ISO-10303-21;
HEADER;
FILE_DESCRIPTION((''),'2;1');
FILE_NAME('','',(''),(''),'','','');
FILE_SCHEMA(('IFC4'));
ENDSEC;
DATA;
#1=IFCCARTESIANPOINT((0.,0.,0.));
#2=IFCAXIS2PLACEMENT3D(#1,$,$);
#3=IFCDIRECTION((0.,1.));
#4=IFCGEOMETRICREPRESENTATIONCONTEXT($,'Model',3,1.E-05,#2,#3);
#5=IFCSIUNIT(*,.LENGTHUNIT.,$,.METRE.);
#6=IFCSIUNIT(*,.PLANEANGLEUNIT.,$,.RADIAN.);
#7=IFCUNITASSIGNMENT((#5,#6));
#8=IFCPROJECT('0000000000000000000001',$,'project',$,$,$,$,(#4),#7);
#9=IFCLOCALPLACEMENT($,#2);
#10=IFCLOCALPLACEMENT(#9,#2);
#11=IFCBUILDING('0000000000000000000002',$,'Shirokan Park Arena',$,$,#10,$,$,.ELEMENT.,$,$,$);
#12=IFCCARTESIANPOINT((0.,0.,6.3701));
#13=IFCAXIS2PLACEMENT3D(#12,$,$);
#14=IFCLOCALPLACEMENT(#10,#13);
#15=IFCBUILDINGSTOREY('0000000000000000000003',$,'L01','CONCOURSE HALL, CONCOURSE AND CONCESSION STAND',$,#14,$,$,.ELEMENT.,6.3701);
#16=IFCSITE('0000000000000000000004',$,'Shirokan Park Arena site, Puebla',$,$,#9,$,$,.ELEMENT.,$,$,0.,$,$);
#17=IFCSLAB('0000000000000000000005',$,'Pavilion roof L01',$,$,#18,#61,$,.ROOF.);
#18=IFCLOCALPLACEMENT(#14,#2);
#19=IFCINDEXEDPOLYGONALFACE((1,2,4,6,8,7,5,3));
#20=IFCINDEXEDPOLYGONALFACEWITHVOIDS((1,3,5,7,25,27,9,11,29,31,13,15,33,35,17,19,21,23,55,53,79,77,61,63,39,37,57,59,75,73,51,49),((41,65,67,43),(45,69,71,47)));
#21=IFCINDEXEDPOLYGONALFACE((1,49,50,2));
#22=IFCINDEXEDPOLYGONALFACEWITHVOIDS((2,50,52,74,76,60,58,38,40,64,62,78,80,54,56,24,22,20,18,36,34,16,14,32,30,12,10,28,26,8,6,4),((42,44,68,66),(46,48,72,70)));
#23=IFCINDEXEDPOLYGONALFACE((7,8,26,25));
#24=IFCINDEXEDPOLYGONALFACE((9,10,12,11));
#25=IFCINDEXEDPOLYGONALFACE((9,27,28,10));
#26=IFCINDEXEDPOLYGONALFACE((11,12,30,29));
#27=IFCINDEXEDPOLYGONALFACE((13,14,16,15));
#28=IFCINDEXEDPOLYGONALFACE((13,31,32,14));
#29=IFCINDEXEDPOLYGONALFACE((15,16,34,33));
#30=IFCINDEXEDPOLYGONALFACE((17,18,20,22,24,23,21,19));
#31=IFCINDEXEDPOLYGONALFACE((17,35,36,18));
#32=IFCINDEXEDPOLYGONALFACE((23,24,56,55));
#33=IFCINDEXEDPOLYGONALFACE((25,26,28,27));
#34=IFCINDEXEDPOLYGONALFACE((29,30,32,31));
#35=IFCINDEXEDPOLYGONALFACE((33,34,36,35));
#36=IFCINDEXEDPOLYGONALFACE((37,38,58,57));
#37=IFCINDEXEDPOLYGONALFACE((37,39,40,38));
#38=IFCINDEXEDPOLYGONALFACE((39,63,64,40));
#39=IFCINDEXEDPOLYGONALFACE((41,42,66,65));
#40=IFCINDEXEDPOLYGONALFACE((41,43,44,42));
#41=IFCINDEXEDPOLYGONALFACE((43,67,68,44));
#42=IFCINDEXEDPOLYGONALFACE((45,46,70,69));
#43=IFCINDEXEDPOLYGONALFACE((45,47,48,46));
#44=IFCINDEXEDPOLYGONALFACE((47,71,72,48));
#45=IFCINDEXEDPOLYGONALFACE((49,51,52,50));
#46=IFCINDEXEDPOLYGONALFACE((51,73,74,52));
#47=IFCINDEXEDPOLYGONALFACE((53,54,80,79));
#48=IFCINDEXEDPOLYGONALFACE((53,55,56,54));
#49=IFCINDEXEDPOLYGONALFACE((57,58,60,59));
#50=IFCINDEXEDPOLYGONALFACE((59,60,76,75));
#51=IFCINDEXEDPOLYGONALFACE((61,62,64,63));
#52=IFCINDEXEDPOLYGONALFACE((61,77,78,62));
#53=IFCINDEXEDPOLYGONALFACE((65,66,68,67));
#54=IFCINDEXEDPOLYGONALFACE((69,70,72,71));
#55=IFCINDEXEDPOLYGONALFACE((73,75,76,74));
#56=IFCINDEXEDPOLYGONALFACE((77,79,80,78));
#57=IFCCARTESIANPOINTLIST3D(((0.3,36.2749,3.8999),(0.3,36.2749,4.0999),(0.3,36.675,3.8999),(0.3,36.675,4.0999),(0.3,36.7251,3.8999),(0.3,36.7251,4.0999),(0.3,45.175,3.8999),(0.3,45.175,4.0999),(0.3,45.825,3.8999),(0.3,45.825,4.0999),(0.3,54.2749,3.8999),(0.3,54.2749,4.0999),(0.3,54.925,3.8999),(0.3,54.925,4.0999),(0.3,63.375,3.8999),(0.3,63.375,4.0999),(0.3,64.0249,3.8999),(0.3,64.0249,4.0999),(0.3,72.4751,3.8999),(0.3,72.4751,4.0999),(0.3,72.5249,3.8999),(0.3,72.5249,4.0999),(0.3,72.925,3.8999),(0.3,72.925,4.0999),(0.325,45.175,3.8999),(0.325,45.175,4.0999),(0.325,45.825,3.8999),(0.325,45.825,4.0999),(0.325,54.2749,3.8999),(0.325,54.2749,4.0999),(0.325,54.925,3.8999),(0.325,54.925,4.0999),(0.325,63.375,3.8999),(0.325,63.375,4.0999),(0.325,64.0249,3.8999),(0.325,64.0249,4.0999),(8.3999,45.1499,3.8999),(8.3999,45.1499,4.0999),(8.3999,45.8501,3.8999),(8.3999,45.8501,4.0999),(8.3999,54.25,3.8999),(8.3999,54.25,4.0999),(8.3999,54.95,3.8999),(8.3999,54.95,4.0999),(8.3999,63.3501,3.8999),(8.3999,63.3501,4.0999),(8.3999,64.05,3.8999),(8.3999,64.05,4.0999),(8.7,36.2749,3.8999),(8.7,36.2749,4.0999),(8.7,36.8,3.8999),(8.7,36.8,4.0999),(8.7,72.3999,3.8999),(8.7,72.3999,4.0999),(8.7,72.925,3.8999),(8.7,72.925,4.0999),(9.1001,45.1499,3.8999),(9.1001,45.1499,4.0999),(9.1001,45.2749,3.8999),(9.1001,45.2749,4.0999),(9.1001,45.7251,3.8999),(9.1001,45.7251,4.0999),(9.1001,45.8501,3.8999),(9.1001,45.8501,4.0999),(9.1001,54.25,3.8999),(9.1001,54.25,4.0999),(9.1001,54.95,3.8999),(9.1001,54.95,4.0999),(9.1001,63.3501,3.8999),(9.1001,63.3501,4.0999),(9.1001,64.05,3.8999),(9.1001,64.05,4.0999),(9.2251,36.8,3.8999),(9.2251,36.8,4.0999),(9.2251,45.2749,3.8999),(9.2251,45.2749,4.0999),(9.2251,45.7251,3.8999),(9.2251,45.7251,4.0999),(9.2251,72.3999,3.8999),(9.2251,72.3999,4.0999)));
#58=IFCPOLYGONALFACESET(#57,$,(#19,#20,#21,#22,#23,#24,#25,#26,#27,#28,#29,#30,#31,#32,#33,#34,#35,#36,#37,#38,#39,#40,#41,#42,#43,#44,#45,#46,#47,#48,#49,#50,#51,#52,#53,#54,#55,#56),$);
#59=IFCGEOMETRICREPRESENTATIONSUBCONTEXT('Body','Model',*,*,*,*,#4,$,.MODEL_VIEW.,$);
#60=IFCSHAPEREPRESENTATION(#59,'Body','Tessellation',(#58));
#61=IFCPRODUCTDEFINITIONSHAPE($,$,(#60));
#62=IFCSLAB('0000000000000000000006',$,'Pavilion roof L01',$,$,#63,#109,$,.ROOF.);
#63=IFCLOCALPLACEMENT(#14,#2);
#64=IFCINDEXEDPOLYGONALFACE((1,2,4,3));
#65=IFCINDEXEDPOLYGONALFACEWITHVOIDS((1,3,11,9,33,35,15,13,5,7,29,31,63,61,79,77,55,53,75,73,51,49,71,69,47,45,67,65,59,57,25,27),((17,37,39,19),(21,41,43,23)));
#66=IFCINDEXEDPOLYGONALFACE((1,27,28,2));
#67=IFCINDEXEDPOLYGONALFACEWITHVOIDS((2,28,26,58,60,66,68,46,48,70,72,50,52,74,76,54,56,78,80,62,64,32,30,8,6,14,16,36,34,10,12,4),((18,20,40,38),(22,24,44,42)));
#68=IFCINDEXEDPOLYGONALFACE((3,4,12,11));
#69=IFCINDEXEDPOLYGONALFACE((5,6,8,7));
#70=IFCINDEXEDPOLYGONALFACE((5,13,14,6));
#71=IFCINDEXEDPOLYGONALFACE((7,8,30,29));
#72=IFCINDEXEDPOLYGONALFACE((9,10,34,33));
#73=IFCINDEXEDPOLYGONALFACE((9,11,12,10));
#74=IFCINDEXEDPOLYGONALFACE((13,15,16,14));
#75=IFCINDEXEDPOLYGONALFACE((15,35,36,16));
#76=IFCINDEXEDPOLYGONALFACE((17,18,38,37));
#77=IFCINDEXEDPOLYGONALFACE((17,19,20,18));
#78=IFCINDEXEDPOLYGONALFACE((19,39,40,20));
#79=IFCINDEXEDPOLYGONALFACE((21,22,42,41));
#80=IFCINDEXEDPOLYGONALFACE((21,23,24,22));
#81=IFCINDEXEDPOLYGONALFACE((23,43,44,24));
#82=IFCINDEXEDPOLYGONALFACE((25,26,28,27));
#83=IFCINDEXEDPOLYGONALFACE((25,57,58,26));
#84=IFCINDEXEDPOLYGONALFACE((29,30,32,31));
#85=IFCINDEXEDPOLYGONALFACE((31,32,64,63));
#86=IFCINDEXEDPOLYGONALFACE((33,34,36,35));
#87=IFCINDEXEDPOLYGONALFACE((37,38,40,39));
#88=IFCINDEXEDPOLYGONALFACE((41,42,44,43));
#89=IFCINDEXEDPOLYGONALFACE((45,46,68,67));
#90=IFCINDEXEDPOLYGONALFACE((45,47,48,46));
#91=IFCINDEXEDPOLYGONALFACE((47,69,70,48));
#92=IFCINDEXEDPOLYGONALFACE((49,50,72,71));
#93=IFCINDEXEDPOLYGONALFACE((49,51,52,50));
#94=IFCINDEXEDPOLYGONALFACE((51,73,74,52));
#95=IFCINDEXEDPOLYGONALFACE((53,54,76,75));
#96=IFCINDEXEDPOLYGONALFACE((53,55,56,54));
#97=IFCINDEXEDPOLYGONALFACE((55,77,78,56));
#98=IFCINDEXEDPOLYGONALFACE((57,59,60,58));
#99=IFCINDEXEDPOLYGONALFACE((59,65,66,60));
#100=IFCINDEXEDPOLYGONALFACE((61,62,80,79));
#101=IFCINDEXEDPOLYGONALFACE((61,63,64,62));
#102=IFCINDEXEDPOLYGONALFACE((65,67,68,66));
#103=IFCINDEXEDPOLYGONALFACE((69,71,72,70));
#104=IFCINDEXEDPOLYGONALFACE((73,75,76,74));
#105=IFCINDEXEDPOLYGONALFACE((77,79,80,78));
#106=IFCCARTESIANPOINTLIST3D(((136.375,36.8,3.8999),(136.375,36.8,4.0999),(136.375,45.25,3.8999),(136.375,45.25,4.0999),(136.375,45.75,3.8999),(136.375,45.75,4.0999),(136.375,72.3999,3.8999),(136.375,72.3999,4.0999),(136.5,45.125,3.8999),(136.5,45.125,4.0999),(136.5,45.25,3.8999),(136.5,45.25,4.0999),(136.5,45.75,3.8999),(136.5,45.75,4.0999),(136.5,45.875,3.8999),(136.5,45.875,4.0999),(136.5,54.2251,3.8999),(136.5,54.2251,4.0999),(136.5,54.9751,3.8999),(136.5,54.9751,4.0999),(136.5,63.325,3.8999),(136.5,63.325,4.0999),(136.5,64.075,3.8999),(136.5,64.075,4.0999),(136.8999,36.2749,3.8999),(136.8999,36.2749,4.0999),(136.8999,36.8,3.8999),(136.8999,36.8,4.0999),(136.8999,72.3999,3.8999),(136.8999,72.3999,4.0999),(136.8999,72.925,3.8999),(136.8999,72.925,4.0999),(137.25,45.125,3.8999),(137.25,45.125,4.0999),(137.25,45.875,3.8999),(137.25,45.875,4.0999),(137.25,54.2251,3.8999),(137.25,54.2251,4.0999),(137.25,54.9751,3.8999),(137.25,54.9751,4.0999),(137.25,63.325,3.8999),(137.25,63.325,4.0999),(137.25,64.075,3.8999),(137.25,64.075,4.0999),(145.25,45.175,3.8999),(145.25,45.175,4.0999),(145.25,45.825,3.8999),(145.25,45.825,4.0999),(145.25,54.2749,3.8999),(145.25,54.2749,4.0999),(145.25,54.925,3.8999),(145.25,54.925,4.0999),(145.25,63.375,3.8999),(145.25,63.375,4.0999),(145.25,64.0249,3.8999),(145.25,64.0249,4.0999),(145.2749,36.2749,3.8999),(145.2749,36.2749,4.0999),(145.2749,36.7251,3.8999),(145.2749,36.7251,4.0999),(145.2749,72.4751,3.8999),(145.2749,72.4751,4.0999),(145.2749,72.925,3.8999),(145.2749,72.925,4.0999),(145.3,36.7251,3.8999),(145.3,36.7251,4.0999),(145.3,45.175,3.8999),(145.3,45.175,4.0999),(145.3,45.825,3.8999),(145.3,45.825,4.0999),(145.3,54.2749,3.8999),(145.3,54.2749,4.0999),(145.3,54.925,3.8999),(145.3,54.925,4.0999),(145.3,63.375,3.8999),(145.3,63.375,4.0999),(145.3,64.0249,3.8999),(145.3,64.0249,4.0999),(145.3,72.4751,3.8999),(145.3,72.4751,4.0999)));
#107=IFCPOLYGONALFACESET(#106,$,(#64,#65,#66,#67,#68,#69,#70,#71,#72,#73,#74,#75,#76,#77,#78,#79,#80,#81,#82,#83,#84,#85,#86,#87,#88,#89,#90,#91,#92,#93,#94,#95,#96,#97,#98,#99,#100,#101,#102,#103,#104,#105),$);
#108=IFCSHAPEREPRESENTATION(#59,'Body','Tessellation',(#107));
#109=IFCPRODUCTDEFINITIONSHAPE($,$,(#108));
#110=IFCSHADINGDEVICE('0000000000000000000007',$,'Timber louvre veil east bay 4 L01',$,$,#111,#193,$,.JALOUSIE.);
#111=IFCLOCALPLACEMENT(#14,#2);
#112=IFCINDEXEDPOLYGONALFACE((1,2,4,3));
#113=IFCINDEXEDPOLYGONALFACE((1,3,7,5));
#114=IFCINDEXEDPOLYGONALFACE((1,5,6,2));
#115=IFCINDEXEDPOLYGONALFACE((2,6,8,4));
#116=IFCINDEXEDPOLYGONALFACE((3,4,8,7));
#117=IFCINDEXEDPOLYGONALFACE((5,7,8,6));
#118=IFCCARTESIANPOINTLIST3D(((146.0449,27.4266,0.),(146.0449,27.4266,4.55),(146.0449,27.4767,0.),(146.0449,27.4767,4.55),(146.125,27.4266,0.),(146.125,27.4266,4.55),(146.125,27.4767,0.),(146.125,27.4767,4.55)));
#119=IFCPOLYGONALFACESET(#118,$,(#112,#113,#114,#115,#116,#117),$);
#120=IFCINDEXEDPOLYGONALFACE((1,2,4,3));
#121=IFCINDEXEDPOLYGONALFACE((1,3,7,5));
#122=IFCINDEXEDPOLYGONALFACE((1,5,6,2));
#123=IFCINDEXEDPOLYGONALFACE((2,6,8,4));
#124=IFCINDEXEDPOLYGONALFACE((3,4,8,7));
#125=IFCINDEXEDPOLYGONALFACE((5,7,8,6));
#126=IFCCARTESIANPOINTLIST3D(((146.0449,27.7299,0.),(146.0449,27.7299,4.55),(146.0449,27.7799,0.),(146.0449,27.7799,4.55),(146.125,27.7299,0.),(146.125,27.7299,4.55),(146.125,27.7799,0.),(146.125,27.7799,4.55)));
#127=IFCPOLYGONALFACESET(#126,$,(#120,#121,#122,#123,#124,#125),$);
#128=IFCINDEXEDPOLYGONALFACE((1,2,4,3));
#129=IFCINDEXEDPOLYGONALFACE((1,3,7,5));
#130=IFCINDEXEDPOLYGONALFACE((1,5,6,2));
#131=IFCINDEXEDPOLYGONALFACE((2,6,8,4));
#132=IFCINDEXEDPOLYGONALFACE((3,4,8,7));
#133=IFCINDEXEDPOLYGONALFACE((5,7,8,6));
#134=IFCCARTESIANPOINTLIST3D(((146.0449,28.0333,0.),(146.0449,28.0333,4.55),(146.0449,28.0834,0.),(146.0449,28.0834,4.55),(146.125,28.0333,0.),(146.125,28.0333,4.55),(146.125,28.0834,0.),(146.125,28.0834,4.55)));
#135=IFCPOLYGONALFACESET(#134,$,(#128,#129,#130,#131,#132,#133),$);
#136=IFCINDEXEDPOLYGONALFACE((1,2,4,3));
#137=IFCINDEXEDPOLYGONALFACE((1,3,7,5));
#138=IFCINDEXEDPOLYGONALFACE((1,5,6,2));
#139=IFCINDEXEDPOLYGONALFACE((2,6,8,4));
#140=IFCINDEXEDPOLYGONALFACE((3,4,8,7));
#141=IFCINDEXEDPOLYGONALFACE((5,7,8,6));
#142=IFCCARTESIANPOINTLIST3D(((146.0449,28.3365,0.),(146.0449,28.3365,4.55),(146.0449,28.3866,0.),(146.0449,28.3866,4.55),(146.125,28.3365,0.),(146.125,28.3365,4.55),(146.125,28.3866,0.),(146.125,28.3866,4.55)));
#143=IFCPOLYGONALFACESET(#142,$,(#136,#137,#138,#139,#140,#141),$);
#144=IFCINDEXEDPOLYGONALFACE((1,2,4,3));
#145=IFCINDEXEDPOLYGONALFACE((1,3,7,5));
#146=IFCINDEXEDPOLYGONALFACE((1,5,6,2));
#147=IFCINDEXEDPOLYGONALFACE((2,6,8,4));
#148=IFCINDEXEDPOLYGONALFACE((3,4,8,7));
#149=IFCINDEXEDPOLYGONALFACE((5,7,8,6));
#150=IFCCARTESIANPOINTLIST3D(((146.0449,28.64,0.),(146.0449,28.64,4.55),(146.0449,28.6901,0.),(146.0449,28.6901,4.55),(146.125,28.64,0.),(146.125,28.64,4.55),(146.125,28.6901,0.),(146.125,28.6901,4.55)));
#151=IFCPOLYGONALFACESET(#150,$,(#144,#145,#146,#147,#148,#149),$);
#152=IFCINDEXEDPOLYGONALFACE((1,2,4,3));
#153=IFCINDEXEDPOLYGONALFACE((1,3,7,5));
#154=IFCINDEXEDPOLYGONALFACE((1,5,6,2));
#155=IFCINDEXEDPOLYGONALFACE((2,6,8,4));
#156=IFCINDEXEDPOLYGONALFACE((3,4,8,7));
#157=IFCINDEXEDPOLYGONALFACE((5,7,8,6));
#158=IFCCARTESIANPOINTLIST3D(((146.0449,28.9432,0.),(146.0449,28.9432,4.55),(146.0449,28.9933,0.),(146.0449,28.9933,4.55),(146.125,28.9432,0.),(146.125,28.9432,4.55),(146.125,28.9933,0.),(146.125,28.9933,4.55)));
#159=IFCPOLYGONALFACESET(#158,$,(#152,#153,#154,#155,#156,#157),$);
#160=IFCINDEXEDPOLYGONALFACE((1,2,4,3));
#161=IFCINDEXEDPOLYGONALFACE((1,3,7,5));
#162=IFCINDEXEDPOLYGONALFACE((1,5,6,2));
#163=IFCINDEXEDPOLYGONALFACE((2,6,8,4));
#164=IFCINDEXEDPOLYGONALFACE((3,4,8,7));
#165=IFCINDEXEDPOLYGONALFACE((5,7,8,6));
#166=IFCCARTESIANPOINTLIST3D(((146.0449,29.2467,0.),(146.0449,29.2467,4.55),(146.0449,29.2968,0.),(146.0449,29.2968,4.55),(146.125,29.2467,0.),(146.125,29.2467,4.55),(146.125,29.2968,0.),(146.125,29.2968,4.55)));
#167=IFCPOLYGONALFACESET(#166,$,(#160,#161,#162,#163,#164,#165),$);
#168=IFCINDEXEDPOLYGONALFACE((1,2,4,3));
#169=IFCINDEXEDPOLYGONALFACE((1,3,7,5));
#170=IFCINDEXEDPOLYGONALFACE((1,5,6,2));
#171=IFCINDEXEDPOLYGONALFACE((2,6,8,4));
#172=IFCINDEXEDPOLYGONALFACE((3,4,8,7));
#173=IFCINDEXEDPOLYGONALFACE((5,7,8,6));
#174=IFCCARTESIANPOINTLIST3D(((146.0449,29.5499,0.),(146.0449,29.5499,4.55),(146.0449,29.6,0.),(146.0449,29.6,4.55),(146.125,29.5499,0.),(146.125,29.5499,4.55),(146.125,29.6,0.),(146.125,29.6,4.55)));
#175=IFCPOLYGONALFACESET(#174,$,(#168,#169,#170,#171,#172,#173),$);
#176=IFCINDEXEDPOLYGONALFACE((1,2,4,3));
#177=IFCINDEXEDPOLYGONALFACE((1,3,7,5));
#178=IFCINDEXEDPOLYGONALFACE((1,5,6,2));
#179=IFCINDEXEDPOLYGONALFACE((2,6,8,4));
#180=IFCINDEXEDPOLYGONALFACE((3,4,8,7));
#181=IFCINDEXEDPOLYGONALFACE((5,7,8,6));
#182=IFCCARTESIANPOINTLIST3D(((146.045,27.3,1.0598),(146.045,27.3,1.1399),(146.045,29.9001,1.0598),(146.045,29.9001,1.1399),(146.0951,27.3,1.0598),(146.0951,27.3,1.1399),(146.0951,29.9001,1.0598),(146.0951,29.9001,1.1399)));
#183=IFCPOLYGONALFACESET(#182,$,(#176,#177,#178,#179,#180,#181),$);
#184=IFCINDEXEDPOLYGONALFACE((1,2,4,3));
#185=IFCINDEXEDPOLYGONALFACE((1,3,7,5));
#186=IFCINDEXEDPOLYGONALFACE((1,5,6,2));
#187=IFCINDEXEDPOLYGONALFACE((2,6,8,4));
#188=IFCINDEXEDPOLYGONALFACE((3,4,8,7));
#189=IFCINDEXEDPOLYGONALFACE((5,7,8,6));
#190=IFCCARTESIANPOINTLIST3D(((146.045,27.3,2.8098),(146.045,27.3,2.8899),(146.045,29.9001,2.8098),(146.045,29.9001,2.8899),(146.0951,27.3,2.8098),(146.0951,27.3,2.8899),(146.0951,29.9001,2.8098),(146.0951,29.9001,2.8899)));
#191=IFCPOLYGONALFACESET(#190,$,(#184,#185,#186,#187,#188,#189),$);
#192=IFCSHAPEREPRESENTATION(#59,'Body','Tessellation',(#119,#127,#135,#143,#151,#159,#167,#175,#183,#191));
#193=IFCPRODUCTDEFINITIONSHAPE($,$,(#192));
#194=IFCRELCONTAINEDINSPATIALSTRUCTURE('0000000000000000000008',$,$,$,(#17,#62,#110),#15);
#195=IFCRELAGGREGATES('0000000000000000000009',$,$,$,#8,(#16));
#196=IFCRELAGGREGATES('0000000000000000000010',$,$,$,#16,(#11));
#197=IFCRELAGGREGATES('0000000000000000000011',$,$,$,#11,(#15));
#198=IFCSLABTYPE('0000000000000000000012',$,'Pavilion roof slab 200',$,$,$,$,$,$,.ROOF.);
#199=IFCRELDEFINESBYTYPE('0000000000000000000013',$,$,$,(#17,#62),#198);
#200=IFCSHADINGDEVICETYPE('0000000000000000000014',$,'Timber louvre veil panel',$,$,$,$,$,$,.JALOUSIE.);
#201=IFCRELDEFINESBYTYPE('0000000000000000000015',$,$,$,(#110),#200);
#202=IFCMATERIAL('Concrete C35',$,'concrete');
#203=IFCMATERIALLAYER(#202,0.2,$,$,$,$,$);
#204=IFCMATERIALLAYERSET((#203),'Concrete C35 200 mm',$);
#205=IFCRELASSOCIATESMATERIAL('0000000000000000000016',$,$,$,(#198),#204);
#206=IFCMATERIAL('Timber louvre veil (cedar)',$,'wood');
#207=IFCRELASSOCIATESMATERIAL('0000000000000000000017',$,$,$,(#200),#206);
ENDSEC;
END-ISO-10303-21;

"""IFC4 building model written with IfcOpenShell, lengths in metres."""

from ifc_helpers import new_model, si_unit, direction, frame, origin, origin_2d, place, context, subcontext, project, spatial, polyline, rectangle, outline, extrude, material, layer, layer_set, type_object, element, save


model = new_model("IFC4")

# Units and contexts
model_context = context("Model", 3, precision=1e-05, world=origin(), true_north=direction((0.0, 1.0)))
body_context = subcontext(model_context, "Body", "Model", "MODEL_VIEW")
ifc_project = project(units=[si_unit("LENGTHUNIT", "METRE"), si_unit("PLANEANGLEUNIT", "RADIAN")], contexts=[model_context])

# Site, building, storey
site_placement = place(None, origin())
site = spatial("IfcSite", under=ifc_project, at=site_placement, Name="Shirokan Park Arena site, Puebla", CompositionType="ELEMENT", RefElevation=0.0)
building_placement = place(site_placement, origin())
building = spatial("IfcBuilding", under=site, at=building_placement, Name="Shirokan Park Arena", CompositionType="ELEMENT")
storey_placement = place(building_placement, frame((0.0, 0.0, 6.3701)))
storey = spatial("IfcBuildingStorey", under=building, at=storey_placement, Name="L01", Description="CONCOURSE HALL, CONCOURSE AND CONCESSION STAND", CompositionType="ELEMENT", Elevation=6.3701)

# Slabs
ifc_material_1 = material(Name="Concrete C35", Category="concrete")
ifc_layer = layer(ifc_material_1, 0.2)
ifc_layer_set = layer_set([ifc_layer], Name="Concrete C35 200 mm")
slab_type = type_object("IfcSlabType", Name="Pavilion roof slab 200", PredefinedType="ROOF", material=ifc_layer_set)
slab_1_placement = place(storey_placement, frame((0.0, 0.0, 3.8999)))
element("IfcSlab", 1, at=slab_1_placement, inside=storey, type_object=slab_type, Name="Pavilion roof L01", PredefinedType="ROOF", context=body_context, shape_type="SweptSolid", body=[
    extrude(outline(polyline([(9.2251, 45.7251), (9.1001, 45.7251), (9.1001, 45.8501), (8.3999, 45.8501), (8.3999, 45.1499), (9.1001, 45.1499), (9.1001, 45.2749), (9.2251, 45.2749), (9.2251, 36.8), (8.7, 36.8), (8.7, 36.2749), (0.3, 36.2749), (0.3, 36.675), (0.3, 36.7251), (0.3, 45.175), (0.325, 45.175), (0.325, 45.825), (0.3, 45.825), (0.3, 54.2749), (0.325, 54.2749), (0.325, 54.925), (0.3, 54.925), (0.3, 63.375), (0.325, 63.375), (0.325, 64.0249), (0.3, 64.0249), (0.3, 72.4751), (0.3, 72.5249), (0.3, 72.925), (8.7, 72.925), (8.7, 72.3999), (9.2251, 72.3999), (9.2251, 45.7251)]), holes=[polyline([(9.1001, 54.95), (8.3999, 54.95), (8.3999, 54.25), (9.1001, 54.25), (9.1001, 54.95)]), polyline([(9.1001, 63.3501), (9.1001, 64.05), (8.3999, 64.05), (8.3999, 63.3501), (9.1001, 63.3501)])]), origin(), (0.0, 0.0, 1.0), 0.2),
])
slab_2_placement = place(storey_placement, frame((0.0, 0.0, 3.8999)))
element("IfcSlab", 2, at=slab_2_placement, inside=storey, type_object=slab_type, Name="Pavilion roof L01", PredefinedType="ROOF", context=body_context, shape_type="SweptSolid", body=[
    extrude(outline(polyline([(136.5, 45.25), (136.5, 45.125), (137.25, 45.125), (137.25, 45.875), (136.5, 45.875), (136.5, 45.75), (136.375, 45.75), (136.375, 72.3999), (136.8999, 72.3999), (136.8999, 72.925), (145.2749, 72.925), (145.2749, 72.4751), (145.3, 72.4751), (145.3, 64.0249), (145.25, 64.0249), (145.25, 63.375), (145.3, 63.375), (145.3, 54.925), (145.25, 54.925), (145.25, 54.2749), (145.3, 54.2749), (145.3, 45.825), (145.25, 45.825), (145.25, 45.175), (145.3, 45.175), (145.3, 36.7251), (145.2749, 36.7251), (145.2749, 36.2749), (136.8999, 36.2749), (136.8999, 36.8), (136.375, 36.8), (136.375, 45.25), (136.5, 45.25)]), holes=[polyline([(137.25, 54.2251), (137.25, 54.9751), (136.5, 54.9751), (136.5, 54.2251), (137.25, 54.2251)]), polyline([(137.25, 63.325), (137.25, 64.075), (136.5, 64.075), (136.5, 63.325), (137.25, 63.325)])]), origin(), (0.0, 0.0, 1.0), 0.2),
])

# Shading device
ifc_material_2 = material(Name="Timber louvre veil (cedar)", Category="wood")
shading_device_type = type_object("IfcShadingDeviceType", Name="Timber louvre veil panel", PredefinedType="JALOUSIE", material=ifc_material_2)
shading_device_1_placement = place(storey_placement, origin())
element("IfcShadingDevice", 3, at=shading_device_1_placement, inside=storey, type_object=shading_device_type, Name="Timber louvre veil east bay 4 L01", PredefinedType="JALOUSIE", context=body_context, shape_type="SweptSolid", body=[
    extrude(rectangle(XDim=0.05, YDim=0.0801, at=origin_2d()), frame((146.085, 27.4517, 0.0), z_axis=(0.0, 0.0, 1.0), x_axis=(0.0, 1.0, 0.0)), (0.0, 0.0, 1.0), 4.55),
    extrude(rectangle(XDim=0.05, YDim=0.0801, at=origin_2d()), frame((146.085, 27.7549, 0.0), z_axis=(0.0, 0.0, 1.0), x_axis=(0.0, 1.0, 0.0)), (0.0, 0.0, 1.0), 4.55),
    extrude(rectangle(XDim=0.05, YDim=0.0801, at=origin_2d()), frame((146.085, 28.0583, 0.0), z_axis=(0.0, 0.0, 1.0), x_axis=(0.0, 1.0, 0.0)), (0.0, 0.0, 1.0), 4.55),
    extrude(rectangle(XDim=0.05, YDim=0.0801, at=origin_2d()), frame((146.085, 28.3616, 0.0), z_axis=(0.0, 0.0, 1.0), x_axis=(0.0, 1.0, 0.0)), (0.0, 0.0, 1.0), 4.55),
    extrude(rectangle(XDim=0.05, YDim=0.0801, at=origin_2d()), frame((146.085, 28.665, 0.0), z_axis=(0.0, 0.0, 1.0), x_axis=(0.0, 1.0, 0.0)), (0.0, 0.0, 1.0), 4.55),
    extrude(rectangle(XDim=0.05, YDim=0.0801, at=origin_2d()), frame((146.085, 28.9683, 0.0), z_axis=(0.0, 0.0, 1.0), x_axis=(0.0, 1.0, 0.0)), (0.0, 0.0, 1.0), 4.55),
    extrude(rectangle(XDim=0.05, YDim=0.0801, at=origin_2d()), frame((146.085, 29.2717, 0.0), z_axis=(0.0, 0.0, 1.0), x_axis=(0.0, 1.0, 0.0)), (0.0, 0.0, 1.0), 4.55),
    extrude(rectangle(XDim=0.05, YDim=0.0801, at=origin_2d()), frame((146.085, 29.575, 0.0), z_axis=(0.0, 0.0, 1.0), x_axis=(0.0, 1.0, 0.0)), (0.0, 0.0, 1.0), 4.55),
    extrude(rectangle(XDim=2.6001, YDim=0.05, at=origin_2d()), frame((146.0701, 28.6001, 1.0598), z_axis=(0.0, 0.0, 1.0), x_axis=(0.0, 1.0, 0.0)), (0.0, 0.0, 1.0), 0.0801),
    extrude(rectangle(XDim=2.6001, YDim=0.05, at=origin_2d()), frame((146.0701, 28.6001, 2.8098), z_axis=(0.0, 0.0, 1.0), x_axis=(0.0, 1.0, 0.0)), (0.0, 0.0, 1.0), 0.0801),
])

save(model, "model.ifc")
